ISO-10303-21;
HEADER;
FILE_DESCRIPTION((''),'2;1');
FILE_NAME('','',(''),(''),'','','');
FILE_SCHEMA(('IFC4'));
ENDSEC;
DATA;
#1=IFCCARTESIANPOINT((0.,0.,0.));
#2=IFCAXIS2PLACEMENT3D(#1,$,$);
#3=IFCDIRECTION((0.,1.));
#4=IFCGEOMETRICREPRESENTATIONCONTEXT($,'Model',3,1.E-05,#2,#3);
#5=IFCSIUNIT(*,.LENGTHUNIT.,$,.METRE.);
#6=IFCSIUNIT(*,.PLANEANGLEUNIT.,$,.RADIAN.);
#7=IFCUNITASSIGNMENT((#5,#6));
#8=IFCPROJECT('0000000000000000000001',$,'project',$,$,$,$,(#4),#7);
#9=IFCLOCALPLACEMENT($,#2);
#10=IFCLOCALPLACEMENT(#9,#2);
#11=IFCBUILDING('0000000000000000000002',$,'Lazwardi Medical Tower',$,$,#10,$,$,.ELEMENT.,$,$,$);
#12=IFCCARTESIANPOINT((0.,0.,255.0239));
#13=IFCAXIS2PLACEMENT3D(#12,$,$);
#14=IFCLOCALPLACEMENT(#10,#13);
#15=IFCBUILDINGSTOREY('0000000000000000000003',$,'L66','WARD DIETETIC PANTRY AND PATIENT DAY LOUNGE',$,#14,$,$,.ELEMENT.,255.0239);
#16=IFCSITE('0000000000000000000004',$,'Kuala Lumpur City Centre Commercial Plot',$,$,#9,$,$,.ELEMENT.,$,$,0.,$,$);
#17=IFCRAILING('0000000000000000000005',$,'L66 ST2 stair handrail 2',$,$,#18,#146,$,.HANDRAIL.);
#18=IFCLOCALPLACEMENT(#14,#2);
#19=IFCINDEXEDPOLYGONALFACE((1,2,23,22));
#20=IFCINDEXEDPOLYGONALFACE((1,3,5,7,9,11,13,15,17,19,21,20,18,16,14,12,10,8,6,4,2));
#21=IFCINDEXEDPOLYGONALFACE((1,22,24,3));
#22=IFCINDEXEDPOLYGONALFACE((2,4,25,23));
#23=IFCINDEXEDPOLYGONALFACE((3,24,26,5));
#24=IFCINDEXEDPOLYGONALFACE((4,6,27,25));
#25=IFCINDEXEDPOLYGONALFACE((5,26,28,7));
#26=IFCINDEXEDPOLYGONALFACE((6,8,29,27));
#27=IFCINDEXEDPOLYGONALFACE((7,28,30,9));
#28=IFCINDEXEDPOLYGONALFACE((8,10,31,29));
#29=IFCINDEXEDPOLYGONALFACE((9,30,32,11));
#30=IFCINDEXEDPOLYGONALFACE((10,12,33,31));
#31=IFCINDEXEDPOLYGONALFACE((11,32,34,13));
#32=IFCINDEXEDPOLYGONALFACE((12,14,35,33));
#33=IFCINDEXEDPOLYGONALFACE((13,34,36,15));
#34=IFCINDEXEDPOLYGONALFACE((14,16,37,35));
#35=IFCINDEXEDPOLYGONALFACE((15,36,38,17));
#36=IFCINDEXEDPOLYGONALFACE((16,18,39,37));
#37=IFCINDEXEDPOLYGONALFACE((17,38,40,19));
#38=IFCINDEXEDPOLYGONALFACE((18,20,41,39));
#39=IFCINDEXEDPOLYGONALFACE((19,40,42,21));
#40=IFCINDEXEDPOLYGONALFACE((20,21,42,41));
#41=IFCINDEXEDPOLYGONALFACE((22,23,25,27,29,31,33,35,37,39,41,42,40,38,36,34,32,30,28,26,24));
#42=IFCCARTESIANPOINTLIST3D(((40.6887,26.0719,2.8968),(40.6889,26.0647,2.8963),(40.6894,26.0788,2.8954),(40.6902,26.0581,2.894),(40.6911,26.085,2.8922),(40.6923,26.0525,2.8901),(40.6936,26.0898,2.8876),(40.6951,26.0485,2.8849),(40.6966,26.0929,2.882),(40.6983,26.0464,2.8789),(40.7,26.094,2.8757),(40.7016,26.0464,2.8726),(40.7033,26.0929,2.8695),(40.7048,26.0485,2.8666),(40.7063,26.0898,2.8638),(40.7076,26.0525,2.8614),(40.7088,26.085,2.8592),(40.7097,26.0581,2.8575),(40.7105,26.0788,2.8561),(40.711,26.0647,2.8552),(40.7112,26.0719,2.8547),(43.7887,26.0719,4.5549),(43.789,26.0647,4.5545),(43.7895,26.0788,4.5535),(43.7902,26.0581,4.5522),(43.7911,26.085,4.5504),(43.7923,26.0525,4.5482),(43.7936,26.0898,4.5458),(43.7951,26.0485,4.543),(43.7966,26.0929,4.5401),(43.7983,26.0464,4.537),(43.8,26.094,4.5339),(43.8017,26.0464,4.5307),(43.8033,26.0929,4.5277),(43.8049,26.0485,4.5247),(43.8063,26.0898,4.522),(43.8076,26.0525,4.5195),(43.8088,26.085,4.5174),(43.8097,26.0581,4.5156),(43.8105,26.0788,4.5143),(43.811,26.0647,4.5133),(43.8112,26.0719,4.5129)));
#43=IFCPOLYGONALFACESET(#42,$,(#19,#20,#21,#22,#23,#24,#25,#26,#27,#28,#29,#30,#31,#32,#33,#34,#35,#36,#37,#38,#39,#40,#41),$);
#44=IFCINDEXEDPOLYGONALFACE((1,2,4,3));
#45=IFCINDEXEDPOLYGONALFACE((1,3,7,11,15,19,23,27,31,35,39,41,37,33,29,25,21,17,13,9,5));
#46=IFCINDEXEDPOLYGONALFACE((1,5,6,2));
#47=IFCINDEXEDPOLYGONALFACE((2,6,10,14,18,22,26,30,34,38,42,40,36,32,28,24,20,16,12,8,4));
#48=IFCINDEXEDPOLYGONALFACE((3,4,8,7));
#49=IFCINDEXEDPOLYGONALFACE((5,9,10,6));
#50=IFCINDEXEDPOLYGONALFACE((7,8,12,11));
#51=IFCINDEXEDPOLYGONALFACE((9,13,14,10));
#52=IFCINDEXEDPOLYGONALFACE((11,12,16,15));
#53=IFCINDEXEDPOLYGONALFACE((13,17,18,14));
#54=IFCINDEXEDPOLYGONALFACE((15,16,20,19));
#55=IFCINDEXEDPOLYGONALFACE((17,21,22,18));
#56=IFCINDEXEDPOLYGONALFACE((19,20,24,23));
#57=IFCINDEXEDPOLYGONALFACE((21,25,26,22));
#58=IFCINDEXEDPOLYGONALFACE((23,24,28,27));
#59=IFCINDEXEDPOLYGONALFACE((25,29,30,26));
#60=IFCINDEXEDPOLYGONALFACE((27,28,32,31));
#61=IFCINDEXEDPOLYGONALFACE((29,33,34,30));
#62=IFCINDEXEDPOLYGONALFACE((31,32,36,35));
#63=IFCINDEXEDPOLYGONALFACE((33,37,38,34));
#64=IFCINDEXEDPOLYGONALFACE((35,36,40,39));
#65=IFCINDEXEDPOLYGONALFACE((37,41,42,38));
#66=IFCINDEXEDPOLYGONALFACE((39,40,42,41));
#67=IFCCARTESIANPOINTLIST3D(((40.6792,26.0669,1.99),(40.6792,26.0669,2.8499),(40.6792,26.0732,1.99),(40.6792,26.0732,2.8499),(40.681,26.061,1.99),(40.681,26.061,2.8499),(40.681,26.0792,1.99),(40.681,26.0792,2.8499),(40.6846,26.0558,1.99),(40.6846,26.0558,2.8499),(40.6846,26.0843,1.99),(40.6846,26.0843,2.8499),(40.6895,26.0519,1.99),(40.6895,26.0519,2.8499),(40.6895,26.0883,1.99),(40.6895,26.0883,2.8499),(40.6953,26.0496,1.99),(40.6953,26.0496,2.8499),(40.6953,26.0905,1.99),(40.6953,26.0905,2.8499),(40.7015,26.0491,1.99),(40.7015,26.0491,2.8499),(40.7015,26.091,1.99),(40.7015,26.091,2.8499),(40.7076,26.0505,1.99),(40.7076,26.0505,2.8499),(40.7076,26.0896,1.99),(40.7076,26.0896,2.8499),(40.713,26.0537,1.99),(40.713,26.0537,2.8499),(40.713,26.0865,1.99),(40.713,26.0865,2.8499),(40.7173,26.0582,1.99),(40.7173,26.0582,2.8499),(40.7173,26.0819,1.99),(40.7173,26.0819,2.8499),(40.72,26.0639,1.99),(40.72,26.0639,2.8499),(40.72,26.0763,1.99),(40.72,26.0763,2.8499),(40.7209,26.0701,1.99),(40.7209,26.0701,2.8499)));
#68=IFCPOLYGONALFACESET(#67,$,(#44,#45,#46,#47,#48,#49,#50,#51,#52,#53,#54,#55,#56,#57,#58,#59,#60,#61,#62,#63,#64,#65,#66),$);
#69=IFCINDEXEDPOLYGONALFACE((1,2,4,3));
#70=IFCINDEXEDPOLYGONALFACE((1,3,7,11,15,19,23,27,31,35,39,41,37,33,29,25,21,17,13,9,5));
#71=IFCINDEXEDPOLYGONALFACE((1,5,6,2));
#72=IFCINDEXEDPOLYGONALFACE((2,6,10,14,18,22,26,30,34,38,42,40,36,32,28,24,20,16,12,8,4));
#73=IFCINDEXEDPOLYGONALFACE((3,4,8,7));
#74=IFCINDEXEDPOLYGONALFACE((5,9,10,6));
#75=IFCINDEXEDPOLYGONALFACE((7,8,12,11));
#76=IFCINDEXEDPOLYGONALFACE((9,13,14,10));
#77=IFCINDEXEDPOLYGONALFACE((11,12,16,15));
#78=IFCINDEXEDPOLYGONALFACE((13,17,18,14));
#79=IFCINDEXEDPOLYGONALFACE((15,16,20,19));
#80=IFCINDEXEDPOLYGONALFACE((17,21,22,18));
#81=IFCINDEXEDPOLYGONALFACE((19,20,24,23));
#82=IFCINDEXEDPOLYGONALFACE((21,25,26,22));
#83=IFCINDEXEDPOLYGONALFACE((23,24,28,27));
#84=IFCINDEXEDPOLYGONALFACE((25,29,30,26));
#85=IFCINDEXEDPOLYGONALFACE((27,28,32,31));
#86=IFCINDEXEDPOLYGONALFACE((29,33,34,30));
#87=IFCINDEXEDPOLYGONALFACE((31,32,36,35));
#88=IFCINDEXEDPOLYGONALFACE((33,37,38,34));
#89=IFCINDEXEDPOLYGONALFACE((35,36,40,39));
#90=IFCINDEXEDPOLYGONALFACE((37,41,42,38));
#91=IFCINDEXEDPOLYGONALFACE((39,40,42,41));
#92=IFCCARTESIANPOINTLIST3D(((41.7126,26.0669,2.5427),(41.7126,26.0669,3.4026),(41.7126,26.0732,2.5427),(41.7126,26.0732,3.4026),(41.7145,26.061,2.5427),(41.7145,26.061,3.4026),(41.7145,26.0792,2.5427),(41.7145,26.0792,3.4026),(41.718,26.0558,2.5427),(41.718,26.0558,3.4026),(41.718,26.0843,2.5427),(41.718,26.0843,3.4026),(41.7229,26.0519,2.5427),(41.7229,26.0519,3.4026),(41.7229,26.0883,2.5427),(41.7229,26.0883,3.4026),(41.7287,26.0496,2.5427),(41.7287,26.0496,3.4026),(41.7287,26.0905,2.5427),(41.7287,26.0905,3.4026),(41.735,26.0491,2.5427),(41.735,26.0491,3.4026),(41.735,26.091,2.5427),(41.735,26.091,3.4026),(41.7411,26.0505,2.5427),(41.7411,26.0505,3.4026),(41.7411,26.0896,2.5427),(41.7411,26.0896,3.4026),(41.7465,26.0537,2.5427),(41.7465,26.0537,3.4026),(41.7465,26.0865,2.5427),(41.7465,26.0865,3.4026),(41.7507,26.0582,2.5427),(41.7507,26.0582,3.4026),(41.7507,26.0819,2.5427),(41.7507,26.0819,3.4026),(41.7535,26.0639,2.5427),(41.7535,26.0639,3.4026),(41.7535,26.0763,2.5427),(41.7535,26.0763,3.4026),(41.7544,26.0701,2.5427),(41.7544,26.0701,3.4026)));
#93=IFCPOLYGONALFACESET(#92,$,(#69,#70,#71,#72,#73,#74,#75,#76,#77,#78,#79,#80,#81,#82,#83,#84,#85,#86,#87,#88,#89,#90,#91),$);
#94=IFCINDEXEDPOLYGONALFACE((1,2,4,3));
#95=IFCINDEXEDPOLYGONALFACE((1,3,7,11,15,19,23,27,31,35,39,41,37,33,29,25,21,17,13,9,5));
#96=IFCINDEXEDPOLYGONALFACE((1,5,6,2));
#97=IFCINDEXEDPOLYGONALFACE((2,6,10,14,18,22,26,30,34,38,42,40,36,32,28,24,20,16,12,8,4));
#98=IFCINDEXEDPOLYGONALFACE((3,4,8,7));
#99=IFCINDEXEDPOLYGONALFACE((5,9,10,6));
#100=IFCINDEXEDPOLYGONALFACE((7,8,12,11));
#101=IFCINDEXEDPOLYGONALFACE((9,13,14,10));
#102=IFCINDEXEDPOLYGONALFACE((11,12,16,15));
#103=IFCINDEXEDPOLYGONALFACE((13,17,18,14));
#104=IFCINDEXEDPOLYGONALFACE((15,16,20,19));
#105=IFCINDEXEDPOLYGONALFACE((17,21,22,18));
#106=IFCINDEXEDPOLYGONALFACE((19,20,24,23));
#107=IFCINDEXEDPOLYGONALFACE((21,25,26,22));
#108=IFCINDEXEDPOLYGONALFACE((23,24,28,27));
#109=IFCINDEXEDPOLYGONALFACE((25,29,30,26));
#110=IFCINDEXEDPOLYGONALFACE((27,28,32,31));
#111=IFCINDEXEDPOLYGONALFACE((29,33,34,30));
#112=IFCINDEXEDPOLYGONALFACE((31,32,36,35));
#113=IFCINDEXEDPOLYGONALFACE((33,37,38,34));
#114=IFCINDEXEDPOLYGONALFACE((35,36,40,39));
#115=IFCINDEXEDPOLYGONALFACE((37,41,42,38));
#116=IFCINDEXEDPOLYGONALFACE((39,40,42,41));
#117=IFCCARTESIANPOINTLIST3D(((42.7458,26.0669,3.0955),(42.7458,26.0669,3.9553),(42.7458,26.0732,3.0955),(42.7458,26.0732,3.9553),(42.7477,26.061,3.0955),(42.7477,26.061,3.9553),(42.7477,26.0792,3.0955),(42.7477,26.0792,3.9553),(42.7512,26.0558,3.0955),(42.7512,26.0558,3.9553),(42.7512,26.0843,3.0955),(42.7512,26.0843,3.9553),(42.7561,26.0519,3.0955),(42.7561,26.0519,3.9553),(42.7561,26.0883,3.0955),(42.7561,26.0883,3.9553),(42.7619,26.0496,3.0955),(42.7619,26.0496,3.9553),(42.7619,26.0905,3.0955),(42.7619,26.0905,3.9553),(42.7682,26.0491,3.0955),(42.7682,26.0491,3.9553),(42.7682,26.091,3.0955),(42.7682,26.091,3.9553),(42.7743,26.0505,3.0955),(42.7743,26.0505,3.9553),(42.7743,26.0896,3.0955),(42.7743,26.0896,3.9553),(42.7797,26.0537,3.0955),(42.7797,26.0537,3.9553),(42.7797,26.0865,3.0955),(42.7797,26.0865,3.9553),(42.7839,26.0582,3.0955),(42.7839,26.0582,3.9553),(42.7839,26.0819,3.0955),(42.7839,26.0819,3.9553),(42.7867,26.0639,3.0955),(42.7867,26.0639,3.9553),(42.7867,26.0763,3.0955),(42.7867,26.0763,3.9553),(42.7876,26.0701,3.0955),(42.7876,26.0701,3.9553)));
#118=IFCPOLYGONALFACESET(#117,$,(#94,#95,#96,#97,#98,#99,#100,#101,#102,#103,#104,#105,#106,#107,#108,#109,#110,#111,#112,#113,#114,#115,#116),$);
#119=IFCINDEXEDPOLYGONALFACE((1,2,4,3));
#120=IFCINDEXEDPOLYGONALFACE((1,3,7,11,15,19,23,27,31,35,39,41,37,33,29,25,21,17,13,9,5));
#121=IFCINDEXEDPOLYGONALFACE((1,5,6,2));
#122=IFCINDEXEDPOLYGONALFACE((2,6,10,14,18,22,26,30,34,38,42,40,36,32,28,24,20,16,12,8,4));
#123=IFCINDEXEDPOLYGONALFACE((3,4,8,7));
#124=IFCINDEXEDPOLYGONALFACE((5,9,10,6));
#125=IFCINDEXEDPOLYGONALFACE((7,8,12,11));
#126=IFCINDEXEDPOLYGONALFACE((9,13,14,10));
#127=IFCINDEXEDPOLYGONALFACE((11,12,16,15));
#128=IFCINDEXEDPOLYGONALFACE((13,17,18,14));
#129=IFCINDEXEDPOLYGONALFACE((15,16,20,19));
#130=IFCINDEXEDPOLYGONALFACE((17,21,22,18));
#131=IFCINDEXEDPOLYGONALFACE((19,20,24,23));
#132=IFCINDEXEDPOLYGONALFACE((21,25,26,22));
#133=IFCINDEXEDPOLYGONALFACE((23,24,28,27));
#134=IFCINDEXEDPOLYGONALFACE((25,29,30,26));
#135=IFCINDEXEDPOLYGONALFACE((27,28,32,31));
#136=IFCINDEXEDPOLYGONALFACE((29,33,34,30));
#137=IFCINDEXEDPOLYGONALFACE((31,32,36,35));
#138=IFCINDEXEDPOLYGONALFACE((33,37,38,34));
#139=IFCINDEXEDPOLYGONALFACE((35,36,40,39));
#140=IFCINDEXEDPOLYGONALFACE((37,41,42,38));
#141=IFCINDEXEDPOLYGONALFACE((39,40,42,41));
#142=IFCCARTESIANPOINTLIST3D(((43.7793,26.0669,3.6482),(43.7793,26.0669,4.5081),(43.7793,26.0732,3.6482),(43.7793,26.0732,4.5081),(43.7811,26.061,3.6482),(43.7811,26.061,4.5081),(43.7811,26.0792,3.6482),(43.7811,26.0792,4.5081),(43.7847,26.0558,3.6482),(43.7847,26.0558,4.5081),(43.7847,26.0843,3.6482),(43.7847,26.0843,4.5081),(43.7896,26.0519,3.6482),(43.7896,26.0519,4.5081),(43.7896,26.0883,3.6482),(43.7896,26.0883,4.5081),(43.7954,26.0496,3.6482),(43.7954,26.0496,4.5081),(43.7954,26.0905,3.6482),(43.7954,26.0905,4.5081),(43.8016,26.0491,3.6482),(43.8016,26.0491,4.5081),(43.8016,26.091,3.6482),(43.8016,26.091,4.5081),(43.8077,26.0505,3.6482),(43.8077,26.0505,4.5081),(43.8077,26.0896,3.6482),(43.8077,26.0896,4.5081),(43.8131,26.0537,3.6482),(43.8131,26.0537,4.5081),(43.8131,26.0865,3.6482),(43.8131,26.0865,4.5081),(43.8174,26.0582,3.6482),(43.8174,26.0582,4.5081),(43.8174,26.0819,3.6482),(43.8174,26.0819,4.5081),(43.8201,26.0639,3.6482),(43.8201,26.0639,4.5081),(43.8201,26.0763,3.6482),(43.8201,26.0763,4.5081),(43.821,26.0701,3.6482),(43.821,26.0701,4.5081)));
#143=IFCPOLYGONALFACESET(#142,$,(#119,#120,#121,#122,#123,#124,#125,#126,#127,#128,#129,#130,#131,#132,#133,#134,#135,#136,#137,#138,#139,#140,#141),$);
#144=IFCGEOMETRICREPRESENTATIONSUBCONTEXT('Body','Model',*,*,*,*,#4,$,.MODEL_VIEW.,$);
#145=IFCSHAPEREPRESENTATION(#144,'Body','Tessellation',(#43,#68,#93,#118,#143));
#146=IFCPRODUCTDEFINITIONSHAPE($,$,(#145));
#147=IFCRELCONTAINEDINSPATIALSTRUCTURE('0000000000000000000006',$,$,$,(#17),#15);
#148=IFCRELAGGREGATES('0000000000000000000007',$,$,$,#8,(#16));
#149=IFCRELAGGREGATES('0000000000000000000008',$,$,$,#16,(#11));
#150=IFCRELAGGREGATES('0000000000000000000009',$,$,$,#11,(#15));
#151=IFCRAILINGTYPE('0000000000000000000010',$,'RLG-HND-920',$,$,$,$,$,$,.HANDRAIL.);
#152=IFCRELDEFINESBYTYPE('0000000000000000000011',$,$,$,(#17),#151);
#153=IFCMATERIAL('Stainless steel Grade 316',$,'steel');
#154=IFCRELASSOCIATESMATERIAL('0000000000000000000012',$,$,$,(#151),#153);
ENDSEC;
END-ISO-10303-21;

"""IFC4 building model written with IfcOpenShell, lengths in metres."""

from ifc_helpers import new_model, si_unit, direction, frame, origin, origin_2d, place, context, subcontext, project, spatial, circle, extrude, material, type_object, element, save


model = new_model("IFC4")

# Units and contexts
model_context = context("Model", 3, precision=1e-05, world=origin(), true_north=direction((0.0, 1.0)))
body_context = subcontext(model_context, "Body", "Model", "MODEL_VIEW")
ifc_project = project(units=[si_unit("LENGTHUNIT", "METRE"), si_unit("PLANEANGLEUNIT", "RADIAN")], contexts=[model_context])

# Site, building, storey
site_placement = place(None, origin())
site = spatial("IfcSite", under=ifc_project, at=site_placement, Name="Kuala Lumpur City Centre Commercial Plot", CompositionType="ELEMENT", RefElevation=0.0)
building_placement = place(site_placement, origin())
building = spatial("IfcBuilding", under=site, at=building_placement, Name="Lazwardi Medical Tower", CompositionType="ELEMENT")
storey_placement = place(building_placement, frame((0.0, 0.0, 255.0239)))
storey = spatial("IfcBuildingStorey", under=building, at=storey_placement, Name="L66", Description="WARD DIETETIC PANTRY AND PATIENT DAY LOUNGE", CompositionType="ELEMENT", Elevation=255.0239)

# Railing
ifc_material_1 = material(Name="Stainless steel Grade 316", Category="steel")
railing_type_1 = type_object("IfcRailingType", Name="RLG-HND-920", PredefinedType="HANDRAIL", material=ifc_material_1)
railing_1_placement = place(storey_placement, frame((40.7, 26.0701, 1.99)))
element("IfcRailing", 1, at=railing_1_placement, inside=storey, type_object=railing_type_1, Name="L66 ST2 stair handrail 2", PredefinedType="HANDRAIL", context=body_context, shape_type="SweptSolid", body=[
    extrude(circle(Radius=0.0239, at=origin_2d()), frame((0.0, 0.0, 0.8857), z_axis=(0.881783, 0.0, 0.471655), x_axis=(0.0, 1.0, 0.0)), (0.0, 0.0, 1.0), 3.5156),
    extrude(circle(Radius=0.021, at=origin_2d()), origin(), (0.0, 0.0, 1.0), 0.8599),
    extrude(circle(Radius=0.021, at=origin_2d()), frame((1.0334, 0.0, 0.5527)), (0.0, 0.0, 1.0), 0.8599),
    extrude(circle(Radius=0.021, at=origin_2d()), frame((2.0667, 0.0, 1.1055)), (0.0, 0.0, 1.0), 0.8599),
    extrude(circle(Radius=0.021, at=origin_2d()), frame((3.1001, 0.0, 1.6582)), (0.0, 0.0, 1.0), 0.8599),
])

save(model, "model.ifc")
